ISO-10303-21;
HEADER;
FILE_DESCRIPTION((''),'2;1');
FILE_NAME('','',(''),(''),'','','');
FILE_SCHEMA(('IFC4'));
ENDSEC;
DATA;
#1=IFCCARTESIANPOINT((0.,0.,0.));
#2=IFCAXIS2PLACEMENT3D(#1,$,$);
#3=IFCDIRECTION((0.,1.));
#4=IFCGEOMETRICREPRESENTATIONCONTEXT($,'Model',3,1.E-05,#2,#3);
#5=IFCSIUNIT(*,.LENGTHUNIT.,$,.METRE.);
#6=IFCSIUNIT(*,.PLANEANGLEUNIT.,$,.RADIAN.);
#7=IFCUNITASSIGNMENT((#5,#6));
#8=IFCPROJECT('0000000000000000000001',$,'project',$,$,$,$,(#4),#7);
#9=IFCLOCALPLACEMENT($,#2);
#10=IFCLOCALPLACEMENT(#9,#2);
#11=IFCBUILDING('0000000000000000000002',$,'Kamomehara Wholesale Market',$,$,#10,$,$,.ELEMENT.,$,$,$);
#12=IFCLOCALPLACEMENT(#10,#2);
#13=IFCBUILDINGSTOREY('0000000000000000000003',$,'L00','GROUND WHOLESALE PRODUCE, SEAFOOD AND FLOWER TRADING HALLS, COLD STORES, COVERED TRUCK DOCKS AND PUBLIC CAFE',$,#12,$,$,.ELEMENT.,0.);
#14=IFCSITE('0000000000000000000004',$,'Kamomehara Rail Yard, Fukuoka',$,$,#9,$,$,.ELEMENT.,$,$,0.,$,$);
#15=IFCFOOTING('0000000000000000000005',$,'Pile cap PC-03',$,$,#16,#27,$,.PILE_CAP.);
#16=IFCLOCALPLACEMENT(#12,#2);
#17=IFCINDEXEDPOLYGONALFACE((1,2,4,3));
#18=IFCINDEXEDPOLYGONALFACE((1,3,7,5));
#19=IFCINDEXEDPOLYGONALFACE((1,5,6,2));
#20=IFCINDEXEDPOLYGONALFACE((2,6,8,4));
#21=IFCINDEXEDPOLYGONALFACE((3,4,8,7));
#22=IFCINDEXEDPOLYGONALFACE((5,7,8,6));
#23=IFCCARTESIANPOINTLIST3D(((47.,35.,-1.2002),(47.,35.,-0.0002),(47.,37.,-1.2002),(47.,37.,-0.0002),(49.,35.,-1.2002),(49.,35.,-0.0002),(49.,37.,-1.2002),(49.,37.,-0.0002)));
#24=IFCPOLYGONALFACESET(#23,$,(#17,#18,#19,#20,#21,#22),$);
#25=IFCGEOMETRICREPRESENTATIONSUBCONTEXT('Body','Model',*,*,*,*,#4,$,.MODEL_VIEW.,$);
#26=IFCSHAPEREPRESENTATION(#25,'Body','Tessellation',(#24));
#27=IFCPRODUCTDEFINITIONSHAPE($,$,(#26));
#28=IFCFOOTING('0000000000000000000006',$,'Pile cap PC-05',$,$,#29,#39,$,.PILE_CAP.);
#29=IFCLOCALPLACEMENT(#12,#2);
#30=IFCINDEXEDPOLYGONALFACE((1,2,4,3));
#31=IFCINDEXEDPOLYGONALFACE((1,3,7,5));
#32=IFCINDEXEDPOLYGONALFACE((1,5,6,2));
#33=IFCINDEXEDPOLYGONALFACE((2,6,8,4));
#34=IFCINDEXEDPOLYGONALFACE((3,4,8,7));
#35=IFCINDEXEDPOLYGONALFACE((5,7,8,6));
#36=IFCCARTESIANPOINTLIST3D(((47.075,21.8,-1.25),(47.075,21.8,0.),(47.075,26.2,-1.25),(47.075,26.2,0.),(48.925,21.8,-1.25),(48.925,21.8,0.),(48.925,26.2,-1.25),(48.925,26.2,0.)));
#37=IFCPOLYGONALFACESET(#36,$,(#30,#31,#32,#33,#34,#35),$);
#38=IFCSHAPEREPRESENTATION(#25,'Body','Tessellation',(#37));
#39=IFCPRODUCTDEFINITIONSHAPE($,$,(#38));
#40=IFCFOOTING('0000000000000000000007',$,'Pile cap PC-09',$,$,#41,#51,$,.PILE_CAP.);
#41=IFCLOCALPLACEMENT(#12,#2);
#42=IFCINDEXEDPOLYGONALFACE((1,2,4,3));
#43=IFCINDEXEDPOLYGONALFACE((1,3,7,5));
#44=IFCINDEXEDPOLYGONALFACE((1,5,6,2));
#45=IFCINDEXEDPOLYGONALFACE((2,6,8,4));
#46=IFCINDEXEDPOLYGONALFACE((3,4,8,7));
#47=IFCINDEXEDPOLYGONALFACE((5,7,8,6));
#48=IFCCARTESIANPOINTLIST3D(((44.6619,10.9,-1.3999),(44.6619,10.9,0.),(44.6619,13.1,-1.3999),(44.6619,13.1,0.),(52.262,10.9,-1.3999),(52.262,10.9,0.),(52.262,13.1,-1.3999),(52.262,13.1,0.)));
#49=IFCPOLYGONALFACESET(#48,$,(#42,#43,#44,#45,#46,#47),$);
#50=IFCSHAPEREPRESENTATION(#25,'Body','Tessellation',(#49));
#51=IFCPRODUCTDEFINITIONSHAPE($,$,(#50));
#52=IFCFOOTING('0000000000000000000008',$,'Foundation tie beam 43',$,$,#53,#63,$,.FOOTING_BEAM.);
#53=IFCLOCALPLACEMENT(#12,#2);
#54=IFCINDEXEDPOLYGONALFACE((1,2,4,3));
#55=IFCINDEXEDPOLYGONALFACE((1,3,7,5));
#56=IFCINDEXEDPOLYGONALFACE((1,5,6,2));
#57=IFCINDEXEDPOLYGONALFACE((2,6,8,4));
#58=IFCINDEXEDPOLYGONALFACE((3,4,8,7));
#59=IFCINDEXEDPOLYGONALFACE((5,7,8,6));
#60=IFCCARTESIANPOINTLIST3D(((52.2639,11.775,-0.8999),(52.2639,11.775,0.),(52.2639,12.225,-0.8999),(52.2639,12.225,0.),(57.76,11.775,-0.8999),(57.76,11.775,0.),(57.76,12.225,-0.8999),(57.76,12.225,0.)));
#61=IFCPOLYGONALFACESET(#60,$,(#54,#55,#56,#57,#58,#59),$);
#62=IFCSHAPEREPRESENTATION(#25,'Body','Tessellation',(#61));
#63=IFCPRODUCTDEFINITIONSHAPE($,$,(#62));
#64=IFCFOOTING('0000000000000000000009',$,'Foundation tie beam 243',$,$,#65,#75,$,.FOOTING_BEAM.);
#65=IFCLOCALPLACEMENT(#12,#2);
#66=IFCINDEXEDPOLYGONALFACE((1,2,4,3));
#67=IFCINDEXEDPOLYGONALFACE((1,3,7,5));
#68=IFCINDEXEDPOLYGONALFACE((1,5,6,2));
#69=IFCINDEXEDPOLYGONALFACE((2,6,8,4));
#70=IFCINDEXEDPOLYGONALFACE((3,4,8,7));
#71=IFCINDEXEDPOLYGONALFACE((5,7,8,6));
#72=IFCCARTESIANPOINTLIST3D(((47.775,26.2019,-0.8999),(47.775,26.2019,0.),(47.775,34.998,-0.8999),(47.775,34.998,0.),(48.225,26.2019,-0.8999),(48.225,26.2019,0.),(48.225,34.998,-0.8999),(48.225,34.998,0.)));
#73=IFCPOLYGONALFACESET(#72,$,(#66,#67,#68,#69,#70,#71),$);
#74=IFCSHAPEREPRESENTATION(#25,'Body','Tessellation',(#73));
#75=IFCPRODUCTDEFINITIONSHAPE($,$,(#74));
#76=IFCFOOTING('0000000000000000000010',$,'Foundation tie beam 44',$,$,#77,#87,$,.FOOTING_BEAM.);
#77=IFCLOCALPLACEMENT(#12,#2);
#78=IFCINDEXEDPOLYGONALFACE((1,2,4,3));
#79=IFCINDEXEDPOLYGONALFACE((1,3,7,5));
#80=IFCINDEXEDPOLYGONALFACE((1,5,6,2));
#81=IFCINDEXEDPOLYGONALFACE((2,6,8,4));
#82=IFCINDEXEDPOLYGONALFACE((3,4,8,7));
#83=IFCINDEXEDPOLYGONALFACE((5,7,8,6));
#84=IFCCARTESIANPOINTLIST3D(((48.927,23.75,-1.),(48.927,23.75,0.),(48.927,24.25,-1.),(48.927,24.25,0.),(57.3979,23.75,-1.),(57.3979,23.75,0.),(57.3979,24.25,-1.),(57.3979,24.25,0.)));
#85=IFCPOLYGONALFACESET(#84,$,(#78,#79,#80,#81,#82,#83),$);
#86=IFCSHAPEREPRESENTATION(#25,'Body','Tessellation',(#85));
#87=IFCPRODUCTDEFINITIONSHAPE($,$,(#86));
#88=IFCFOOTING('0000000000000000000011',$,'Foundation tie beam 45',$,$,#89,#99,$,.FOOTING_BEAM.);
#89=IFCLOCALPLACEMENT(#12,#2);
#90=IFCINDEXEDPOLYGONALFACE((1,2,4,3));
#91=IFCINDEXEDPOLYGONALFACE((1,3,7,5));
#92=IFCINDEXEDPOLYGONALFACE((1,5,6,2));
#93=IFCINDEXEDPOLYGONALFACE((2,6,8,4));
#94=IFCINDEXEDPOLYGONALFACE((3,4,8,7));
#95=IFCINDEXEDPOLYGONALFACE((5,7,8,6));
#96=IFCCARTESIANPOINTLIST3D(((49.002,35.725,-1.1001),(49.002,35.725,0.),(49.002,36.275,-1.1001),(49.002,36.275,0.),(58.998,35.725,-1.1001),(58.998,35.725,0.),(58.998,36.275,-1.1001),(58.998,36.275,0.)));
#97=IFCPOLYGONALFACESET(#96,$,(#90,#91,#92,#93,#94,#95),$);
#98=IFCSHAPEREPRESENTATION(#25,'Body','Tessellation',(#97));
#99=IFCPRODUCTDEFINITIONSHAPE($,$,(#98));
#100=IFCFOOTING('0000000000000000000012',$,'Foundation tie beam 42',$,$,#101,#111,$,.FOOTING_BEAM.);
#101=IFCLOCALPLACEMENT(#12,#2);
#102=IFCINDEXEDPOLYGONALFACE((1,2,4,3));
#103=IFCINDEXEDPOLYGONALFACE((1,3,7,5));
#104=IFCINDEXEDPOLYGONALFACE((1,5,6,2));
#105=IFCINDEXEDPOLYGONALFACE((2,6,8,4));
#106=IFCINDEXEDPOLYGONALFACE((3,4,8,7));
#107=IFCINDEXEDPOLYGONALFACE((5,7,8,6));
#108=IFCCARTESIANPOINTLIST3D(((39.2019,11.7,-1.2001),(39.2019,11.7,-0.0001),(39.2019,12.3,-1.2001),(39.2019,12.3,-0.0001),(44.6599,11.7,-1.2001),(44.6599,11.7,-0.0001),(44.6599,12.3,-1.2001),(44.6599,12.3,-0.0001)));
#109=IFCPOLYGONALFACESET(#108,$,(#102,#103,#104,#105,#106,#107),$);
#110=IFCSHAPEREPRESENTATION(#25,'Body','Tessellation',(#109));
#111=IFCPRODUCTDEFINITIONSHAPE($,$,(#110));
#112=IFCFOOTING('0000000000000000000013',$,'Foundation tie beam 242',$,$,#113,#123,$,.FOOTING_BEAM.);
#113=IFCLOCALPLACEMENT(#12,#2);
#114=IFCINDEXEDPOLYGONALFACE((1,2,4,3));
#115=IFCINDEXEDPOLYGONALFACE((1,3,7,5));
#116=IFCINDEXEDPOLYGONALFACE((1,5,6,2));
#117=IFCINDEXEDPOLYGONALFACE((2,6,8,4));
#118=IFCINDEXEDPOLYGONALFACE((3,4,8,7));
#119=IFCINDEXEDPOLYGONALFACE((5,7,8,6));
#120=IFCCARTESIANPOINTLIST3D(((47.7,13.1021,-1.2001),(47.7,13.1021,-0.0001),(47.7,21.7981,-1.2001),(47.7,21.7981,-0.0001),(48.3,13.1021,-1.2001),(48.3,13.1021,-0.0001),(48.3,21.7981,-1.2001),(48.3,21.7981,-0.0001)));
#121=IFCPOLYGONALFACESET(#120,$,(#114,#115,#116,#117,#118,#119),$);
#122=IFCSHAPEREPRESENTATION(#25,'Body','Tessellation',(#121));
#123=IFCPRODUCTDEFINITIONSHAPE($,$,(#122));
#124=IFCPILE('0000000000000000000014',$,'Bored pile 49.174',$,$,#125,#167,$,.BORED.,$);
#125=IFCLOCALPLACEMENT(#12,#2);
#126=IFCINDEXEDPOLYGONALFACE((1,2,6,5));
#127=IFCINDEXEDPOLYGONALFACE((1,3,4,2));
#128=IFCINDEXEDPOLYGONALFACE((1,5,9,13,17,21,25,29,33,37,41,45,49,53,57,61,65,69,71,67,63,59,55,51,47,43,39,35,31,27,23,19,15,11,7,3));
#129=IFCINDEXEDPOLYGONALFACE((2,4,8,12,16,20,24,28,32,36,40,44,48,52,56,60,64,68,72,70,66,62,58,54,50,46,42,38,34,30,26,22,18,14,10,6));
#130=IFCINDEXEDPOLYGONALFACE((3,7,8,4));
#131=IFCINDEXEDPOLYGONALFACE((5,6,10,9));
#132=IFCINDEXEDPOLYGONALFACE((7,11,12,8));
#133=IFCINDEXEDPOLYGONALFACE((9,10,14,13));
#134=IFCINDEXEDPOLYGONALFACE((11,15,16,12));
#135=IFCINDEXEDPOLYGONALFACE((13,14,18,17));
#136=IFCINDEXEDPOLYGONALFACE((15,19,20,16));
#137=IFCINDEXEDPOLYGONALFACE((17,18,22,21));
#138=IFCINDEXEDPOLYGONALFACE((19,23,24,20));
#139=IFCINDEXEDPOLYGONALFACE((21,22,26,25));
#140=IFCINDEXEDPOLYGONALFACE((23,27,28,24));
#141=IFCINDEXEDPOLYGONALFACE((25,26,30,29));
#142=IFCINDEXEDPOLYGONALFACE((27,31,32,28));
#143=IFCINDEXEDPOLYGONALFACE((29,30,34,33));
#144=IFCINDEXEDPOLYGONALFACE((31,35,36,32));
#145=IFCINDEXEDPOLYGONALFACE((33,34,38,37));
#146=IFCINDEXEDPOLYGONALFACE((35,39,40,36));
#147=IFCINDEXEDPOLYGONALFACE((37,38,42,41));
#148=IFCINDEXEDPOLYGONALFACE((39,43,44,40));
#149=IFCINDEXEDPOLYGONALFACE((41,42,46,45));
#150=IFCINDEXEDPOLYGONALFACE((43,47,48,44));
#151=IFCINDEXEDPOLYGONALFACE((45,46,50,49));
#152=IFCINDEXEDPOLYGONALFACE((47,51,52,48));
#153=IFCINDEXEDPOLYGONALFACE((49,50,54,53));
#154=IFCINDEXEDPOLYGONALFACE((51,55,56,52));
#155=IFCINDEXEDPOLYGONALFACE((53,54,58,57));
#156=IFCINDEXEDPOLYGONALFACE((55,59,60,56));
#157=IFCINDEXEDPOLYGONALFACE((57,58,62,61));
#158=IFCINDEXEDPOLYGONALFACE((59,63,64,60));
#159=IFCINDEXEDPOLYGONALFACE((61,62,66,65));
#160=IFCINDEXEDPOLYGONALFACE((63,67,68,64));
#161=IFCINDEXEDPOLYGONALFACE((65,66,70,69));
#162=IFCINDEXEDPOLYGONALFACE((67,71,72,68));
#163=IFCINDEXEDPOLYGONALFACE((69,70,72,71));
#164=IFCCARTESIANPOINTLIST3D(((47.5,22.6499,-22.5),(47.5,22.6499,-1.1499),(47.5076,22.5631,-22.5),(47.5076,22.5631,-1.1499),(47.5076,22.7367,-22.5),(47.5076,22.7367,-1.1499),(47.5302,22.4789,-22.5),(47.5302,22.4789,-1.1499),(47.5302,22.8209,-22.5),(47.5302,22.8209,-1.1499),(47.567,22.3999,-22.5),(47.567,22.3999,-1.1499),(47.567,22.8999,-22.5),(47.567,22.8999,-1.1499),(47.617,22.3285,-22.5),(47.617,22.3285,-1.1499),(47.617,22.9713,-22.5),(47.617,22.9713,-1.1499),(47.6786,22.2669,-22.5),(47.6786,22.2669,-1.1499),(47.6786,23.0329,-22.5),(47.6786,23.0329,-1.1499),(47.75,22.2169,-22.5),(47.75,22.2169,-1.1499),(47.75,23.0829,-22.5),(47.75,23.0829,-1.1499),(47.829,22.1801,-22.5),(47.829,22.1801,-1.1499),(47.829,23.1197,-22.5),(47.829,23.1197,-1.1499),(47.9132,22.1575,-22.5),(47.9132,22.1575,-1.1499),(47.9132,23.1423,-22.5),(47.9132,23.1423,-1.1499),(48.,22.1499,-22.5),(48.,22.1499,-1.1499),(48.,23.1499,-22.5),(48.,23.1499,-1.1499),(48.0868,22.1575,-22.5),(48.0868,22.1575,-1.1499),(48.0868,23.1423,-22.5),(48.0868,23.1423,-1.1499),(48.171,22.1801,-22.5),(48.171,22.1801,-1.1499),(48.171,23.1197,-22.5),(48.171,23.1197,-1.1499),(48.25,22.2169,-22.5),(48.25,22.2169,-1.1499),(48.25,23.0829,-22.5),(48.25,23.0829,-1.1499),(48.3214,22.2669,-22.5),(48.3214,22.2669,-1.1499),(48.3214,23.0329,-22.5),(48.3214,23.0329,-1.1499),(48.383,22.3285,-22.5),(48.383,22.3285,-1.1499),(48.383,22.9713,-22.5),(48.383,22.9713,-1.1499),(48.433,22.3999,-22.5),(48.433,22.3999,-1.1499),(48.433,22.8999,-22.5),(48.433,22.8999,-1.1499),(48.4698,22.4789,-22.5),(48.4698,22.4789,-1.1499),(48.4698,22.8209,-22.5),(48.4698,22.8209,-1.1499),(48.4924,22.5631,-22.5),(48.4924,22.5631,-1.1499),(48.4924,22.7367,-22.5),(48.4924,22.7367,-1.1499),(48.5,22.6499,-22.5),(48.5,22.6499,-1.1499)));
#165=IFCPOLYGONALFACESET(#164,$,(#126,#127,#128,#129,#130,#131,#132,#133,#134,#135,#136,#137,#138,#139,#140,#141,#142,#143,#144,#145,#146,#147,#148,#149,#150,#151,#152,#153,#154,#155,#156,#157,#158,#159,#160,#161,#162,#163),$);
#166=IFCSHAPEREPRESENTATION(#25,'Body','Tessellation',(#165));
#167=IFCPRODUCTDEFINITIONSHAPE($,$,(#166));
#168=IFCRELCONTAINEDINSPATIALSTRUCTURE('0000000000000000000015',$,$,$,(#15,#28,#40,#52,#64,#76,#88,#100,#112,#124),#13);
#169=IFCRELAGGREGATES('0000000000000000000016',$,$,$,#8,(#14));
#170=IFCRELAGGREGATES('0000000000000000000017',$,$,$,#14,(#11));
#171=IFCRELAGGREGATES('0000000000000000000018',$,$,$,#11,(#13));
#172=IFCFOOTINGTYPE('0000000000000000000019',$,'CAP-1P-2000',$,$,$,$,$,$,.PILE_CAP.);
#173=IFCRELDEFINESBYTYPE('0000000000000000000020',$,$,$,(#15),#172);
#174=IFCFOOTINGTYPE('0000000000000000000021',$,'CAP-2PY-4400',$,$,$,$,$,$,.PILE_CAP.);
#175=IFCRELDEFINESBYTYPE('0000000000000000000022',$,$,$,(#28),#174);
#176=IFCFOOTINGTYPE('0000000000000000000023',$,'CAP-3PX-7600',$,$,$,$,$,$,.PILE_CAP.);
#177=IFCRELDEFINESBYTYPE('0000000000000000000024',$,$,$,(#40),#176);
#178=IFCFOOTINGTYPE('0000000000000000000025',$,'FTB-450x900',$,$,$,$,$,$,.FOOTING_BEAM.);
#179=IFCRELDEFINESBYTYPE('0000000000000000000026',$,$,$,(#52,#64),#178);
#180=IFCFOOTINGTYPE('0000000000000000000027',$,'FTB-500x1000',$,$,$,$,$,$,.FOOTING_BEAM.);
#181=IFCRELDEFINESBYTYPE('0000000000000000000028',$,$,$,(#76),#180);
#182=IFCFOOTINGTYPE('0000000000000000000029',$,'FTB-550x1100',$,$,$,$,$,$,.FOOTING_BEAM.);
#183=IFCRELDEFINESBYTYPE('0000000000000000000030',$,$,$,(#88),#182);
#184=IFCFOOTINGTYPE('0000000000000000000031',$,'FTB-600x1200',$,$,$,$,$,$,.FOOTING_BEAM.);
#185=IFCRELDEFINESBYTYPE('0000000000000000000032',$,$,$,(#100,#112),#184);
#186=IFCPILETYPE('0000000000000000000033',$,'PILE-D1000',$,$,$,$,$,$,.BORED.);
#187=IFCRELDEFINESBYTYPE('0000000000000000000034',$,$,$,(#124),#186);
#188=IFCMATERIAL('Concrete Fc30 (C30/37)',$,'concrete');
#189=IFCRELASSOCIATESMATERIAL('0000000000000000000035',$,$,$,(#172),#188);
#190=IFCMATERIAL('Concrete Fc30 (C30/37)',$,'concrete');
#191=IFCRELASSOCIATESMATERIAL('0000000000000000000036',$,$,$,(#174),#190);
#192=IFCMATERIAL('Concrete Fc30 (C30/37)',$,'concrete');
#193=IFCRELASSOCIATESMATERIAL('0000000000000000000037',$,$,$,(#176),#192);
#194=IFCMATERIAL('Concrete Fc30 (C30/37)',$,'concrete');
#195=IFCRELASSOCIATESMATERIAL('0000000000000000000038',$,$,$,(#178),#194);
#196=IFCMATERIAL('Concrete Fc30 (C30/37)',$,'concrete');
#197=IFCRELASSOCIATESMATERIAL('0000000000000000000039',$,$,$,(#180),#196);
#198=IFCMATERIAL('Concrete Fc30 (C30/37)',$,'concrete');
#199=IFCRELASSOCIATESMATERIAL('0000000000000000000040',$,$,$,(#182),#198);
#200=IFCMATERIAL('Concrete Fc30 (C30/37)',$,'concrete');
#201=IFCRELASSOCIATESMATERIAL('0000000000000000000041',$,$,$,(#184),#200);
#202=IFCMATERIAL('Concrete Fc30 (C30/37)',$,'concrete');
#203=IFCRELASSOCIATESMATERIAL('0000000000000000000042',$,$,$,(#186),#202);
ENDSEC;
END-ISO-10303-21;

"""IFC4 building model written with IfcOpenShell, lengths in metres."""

from ifc_helpers import new_model, si_unit, direction, frame, origin, origin_2d, place, context, subcontext, project, spatial, rectangle, circle, extrude, material, material_profile, profile_set, type_object, element, save


model = new_model("IFC4")

# Units and contexts
model_context = context("Model", 3, precision=1e-05, world=origin(), true_north=direction((0.0, 1.0)))
body_context = subcontext(model_context, "Body", "Model", "MODEL_VIEW")
ifc_project = project(units=[si_unit("LENGTHUNIT", "METRE"), si_unit("PLANEANGLEUNIT", "RADIAN")], contexts=[model_context])

# Site, building, storey
site_placement = place(None, origin())
site = spatial("IfcSite", under=ifc_project, at=site_placement, Name="Kamomehara Rail Yard, Fukuoka", CompositionType="ELEMENT", RefElevation=0.0)
building_placement = place(site_placement, origin())
building = spatial("IfcBuilding", under=site, at=building_placement, Name="Kamomehara Wholesale Market", CompositionType="ELEMENT")
storey_placement = place(building_placement, origin())
storey = spatial("IfcBuildingStorey", under=building, at=storey_placement, Name="L00", Description="GROUND WHOLESALE PRODUCE, SEAFOOD AND FLOWER TRADING HALLS, COLD STORES, COVERED TRUCK DOCKS AND PUBLIC CAFE", CompositionType="ELEMENT", Elevation=0.0)

# Footings
ifc_material_1 = material(Name="Concrete Fc30 (C30/37)", Category="concrete")
footing_type_1 = type_object("IfcFootingType", Name="CAP-1P-2000", PredefinedType="PILE_CAP", material=ifc_material_1)
footing_1_placement = place(storey_placement, frame((48.0, 36.0, -1.2002), z_axis=(0.0, 0.0, 1.0), x_axis=(1.0, 0.0, 0.0)))
element("IfcFooting", 1, at=footing_1_placement, inside=storey, type_object=footing_type_1, Name="Pile cap PC-03", PredefinedType="PILE_CAP", context=body_context, shape_type="SweptSolid", body=[
    extrude(rectangle(XDim=2.0, YDim=2.0, at=origin_2d()), origin(), (0.0, 0.0, 1.0), 1.2),
])
ifc_material_2 = material(Name="Concrete Fc30 (C30/37)", Category="concrete")
footing_type_2 = type_object("IfcFootingType", Name="CAP-2PY-4400", PredefinedType="PILE_CAP", material=ifc_material_2)
footing_2_placement = place(storey_placement, frame((48.0, 24.0, -1.25), z_axis=(0.0, 0.0, 1.0), x_axis=(1.0, 0.0, 0.0)))
element("IfcFooting", 2, at=footing_2_placement, inside=storey, type_object=footing_type_2, Name="Pile cap PC-05", PredefinedType="PILE_CAP", context=body_context, shape_type="SweptSolid", body=[
    extrude(rectangle(XDim=1.8501, YDim=4.3999, at=origin_2d()), origin(), (0.0, 0.0, 1.0), 1.25),
])
ifc_material_3 = material(Name="Concrete Fc30 (C30/37)", Category="concrete")
footing_type_3 = type_object("IfcFootingType", Name="CAP-3PX-7600", PredefinedType="PILE_CAP", material=ifc_material_3)
footing_3_placement = place(storey_placement, frame((48.4619, 12.0, -1.3999), z_axis=(0.0, 0.0, 1.0), x_axis=(1.0, 0.0, 0.0)))
element("IfcFooting", 3, at=footing_3_placement, inside=storey, type_object=footing_type_3, Name="Pile cap PC-09", PredefinedType="PILE_CAP", context=body_context, shape_type="SweptSolid", body=[
    extrude(rectangle(XDim=7.6001, YDim=2.2, at=origin_2d()), origin(), (0.0, 0.0, 1.0), 1.3999),
])
ifc_material_4 = material(Name="Concrete Fc30 (C30/37)", Category="concrete")
ifc_material_profile_1 = material_profile(ifc_material_4, rectangle(XDim=0.45, YDim=0.8999, at=origin_2d()), Name="RC-FTB-450x900")
ifc_profile_set_1 = profile_set([ifc_material_profile_1], Name="Concrete Fc30 (C30/37)")
footing_type_4 = type_object("IfcFootingType", Name="FTB-450x900", PredefinedType="FOOTING_BEAM", material=ifc_profile_set_1)
footing_4_placement = place(storey_placement, frame((52.2639, 12.0, -0.45), z_axis=(1.0, 0.0, 0.0), x_axis=(0.0, 1.0, 0.0)))
element("IfcFooting", 4, at=footing_4_placement, inside=storey, type_object=footing_type_4, Name="Foundation tie beam 43", PredefinedType="FOOTING_BEAM", context=body_context, shape_type="SweptSolid", body=[
    extrude(rectangle(XDim=0.45, YDim=0.8999, at=origin_2d()), origin(), (0.0, 0.0, 1.0), 5.4961),
])
footing_5_placement = place(storey_placement, frame((48.0, 26.2019, -0.45), z_axis=(0.0, 1.0, 0.0), x_axis=(-1.0, 0.0, 0.0)))
element("IfcFooting", 5, at=footing_5_placement, inside=storey, type_object=footing_type_4, Name="Foundation tie beam 243", PredefinedType="FOOTING_BEAM", context=body_context, shape_type="SweptSolid", body=[
    extrude(rectangle(XDim=0.45, YDim=0.8999, at=origin_2d()), origin(), (0.0, 0.0, 1.0), 8.7961),
])
ifc_material_5 = material(Name="Concrete Fc30 (C30/37)", Category="concrete")
ifc_material_profile_2 = material_profile(ifc_material_5, rectangle(XDim=0.5, YDim=1.0, at=origin_2d()), Name="RC-FTB-500x1000")
ifc_profile_set_2 = profile_set([ifc_material_profile_2], Name="Concrete Fc30 (C30/37)")
footing_type_5 = type_object("IfcFootingType", Name="FTB-500x1000", PredefinedType="FOOTING_BEAM", material=ifc_profile_set_2)
footing_6_placement = place(storey_placement, frame((48.927, 24.0, -0.5), z_axis=(1.0, 0.0, 0.0), x_axis=(0.0, 1.0, 0.0)))
element("IfcFooting", 6, at=footing_6_placement, inside=storey, type_object=footing_type_5, Name="Foundation tie beam 44", PredefinedType="FOOTING_BEAM", context=body_context, shape_type="SweptSolid", body=[
    extrude(rectangle(XDim=0.5, YDim=1.0, at=origin_2d()), origin(), (0.0, 0.0, 1.0), 8.4709),
])
ifc_material_6 = material(Name="Concrete Fc30 (C30/37)", Category="concrete")
ifc_material_profile_3 = material_profile(ifc_material_6, rectangle(XDim=0.55, YDim=1.1001, at=origin_2d()), Name="RC-FTB-550x1100")
ifc_profile_set_3 = profile_set([ifc_material_profile_3], Name="Concrete Fc30 (C30/37)")
footing_type_6 = type_object("IfcFootingType", Name="FTB-550x1100", PredefinedType="FOOTING_BEAM", material=ifc_profile_set_3)
footing_7_placement = place(storey_placement, frame((49.002, 36.0, -0.55), z_axis=(1.0, 0.0, 0.0), x_axis=(0.0, 1.0, 0.0)))
element("IfcFooting", 7, at=footing_7_placement, inside=storey, type_object=footing_type_6, Name="Foundation tie beam 45", PredefinedType="FOOTING_BEAM", context=body_context, shape_type="SweptSolid", body=[
    extrude(rectangle(XDim=0.55, YDim=1.1001, at=origin_2d()), origin(), (0.0, 0.0, 1.0), 9.9961),
])
ifc_material_7 = material(Name="Concrete Fc30 (C30/37)", Category="concrete")
ifc_material_profile_4 = material_profile(ifc_material_7, rectangle(XDim=0.6001, YDim=1.2, at=origin_2d()), Name="RC-FTB-600x1200")
ifc_profile_set_4 = profile_set([ifc_material_profile_4], Name="Concrete Fc30 (C30/37)")
footing_type_7 = type_object("IfcFootingType", Name="FTB-600x1200", PredefinedType="FOOTING_BEAM", material=ifc_profile_set_4)
footing_8_placement = place(storey_placement, frame((39.2019, 12.0, -0.6001), z_axis=(1.0, 0.0, 0.0), x_axis=(0.0, 1.0, 0.0)))
element("IfcFooting", 8, at=footing_8_placement, inside=storey, type_object=footing_type_7, Name="Foundation tie beam 42", PredefinedType="FOOTING_BEAM", context=body_context, shape_type="SweptSolid", body=[
    extrude(rectangle(XDim=0.6001, YDim=1.2, at=origin_2d()), origin(), (0.0, 0.0, 1.0), 5.458),
])
footing_9_placement = place(storey_placement, frame((48.0, 13.1021, -0.6001), z_axis=(0.0, 1.0, 0.0), x_axis=(-1.0, 0.0, 0.0)))
element("IfcFooting", 9, at=footing_9_placement, inside=storey, type_object=footing_type_7, Name="Foundation tie beam 242", PredefinedType="FOOTING_BEAM", context=body_context, shape_type="SweptSolid", body=[
    extrude(rectangle(XDim=0.6001, YDim=1.2, at=origin_2d()), origin(), (0.0, 0.0, 1.0), 8.696),
])

# Pile
ifc_material_8 = material(Name="Concrete Fc30 (C30/37)", Category="concrete")
ifc_material_profile_5 = material_profile(ifc_material_8, circle(Radius=0.5, at=origin_2d()), Name="RC-PILE-D1000")
ifc_profile_set_5 = profile_set([ifc_material_profile_5], Name="Concrete Fc30 (C30/37)")
pile_type_1 = type_object("IfcPileType", Name="PILE-D1000", PredefinedType="BORED", material=ifc_profile_set_5)
for number, where, z_axis, x_axis, name in (
    (10, (48.0, 22.6499, -1.1499), (0.0, 0.0, -1.0), (1.0, 0.0, 0.0), "Bored pile 49.174"),
):
    element("IfcPile", number, at=place(storey_placement, frame(where, z_axis=z_axis, x_axis=x_axis)), inside=storey, type_object=pile_type_1, Name=name, PredefinedType="BORED", context=body_context, shape_type="SweptSolid", body=[
        extrude(circle(Radius=0.5, at=origin_2d()), origin(), (0.0, 0.0, 1.0), 21.3501),
    ])

save(model, "model.ifc")
